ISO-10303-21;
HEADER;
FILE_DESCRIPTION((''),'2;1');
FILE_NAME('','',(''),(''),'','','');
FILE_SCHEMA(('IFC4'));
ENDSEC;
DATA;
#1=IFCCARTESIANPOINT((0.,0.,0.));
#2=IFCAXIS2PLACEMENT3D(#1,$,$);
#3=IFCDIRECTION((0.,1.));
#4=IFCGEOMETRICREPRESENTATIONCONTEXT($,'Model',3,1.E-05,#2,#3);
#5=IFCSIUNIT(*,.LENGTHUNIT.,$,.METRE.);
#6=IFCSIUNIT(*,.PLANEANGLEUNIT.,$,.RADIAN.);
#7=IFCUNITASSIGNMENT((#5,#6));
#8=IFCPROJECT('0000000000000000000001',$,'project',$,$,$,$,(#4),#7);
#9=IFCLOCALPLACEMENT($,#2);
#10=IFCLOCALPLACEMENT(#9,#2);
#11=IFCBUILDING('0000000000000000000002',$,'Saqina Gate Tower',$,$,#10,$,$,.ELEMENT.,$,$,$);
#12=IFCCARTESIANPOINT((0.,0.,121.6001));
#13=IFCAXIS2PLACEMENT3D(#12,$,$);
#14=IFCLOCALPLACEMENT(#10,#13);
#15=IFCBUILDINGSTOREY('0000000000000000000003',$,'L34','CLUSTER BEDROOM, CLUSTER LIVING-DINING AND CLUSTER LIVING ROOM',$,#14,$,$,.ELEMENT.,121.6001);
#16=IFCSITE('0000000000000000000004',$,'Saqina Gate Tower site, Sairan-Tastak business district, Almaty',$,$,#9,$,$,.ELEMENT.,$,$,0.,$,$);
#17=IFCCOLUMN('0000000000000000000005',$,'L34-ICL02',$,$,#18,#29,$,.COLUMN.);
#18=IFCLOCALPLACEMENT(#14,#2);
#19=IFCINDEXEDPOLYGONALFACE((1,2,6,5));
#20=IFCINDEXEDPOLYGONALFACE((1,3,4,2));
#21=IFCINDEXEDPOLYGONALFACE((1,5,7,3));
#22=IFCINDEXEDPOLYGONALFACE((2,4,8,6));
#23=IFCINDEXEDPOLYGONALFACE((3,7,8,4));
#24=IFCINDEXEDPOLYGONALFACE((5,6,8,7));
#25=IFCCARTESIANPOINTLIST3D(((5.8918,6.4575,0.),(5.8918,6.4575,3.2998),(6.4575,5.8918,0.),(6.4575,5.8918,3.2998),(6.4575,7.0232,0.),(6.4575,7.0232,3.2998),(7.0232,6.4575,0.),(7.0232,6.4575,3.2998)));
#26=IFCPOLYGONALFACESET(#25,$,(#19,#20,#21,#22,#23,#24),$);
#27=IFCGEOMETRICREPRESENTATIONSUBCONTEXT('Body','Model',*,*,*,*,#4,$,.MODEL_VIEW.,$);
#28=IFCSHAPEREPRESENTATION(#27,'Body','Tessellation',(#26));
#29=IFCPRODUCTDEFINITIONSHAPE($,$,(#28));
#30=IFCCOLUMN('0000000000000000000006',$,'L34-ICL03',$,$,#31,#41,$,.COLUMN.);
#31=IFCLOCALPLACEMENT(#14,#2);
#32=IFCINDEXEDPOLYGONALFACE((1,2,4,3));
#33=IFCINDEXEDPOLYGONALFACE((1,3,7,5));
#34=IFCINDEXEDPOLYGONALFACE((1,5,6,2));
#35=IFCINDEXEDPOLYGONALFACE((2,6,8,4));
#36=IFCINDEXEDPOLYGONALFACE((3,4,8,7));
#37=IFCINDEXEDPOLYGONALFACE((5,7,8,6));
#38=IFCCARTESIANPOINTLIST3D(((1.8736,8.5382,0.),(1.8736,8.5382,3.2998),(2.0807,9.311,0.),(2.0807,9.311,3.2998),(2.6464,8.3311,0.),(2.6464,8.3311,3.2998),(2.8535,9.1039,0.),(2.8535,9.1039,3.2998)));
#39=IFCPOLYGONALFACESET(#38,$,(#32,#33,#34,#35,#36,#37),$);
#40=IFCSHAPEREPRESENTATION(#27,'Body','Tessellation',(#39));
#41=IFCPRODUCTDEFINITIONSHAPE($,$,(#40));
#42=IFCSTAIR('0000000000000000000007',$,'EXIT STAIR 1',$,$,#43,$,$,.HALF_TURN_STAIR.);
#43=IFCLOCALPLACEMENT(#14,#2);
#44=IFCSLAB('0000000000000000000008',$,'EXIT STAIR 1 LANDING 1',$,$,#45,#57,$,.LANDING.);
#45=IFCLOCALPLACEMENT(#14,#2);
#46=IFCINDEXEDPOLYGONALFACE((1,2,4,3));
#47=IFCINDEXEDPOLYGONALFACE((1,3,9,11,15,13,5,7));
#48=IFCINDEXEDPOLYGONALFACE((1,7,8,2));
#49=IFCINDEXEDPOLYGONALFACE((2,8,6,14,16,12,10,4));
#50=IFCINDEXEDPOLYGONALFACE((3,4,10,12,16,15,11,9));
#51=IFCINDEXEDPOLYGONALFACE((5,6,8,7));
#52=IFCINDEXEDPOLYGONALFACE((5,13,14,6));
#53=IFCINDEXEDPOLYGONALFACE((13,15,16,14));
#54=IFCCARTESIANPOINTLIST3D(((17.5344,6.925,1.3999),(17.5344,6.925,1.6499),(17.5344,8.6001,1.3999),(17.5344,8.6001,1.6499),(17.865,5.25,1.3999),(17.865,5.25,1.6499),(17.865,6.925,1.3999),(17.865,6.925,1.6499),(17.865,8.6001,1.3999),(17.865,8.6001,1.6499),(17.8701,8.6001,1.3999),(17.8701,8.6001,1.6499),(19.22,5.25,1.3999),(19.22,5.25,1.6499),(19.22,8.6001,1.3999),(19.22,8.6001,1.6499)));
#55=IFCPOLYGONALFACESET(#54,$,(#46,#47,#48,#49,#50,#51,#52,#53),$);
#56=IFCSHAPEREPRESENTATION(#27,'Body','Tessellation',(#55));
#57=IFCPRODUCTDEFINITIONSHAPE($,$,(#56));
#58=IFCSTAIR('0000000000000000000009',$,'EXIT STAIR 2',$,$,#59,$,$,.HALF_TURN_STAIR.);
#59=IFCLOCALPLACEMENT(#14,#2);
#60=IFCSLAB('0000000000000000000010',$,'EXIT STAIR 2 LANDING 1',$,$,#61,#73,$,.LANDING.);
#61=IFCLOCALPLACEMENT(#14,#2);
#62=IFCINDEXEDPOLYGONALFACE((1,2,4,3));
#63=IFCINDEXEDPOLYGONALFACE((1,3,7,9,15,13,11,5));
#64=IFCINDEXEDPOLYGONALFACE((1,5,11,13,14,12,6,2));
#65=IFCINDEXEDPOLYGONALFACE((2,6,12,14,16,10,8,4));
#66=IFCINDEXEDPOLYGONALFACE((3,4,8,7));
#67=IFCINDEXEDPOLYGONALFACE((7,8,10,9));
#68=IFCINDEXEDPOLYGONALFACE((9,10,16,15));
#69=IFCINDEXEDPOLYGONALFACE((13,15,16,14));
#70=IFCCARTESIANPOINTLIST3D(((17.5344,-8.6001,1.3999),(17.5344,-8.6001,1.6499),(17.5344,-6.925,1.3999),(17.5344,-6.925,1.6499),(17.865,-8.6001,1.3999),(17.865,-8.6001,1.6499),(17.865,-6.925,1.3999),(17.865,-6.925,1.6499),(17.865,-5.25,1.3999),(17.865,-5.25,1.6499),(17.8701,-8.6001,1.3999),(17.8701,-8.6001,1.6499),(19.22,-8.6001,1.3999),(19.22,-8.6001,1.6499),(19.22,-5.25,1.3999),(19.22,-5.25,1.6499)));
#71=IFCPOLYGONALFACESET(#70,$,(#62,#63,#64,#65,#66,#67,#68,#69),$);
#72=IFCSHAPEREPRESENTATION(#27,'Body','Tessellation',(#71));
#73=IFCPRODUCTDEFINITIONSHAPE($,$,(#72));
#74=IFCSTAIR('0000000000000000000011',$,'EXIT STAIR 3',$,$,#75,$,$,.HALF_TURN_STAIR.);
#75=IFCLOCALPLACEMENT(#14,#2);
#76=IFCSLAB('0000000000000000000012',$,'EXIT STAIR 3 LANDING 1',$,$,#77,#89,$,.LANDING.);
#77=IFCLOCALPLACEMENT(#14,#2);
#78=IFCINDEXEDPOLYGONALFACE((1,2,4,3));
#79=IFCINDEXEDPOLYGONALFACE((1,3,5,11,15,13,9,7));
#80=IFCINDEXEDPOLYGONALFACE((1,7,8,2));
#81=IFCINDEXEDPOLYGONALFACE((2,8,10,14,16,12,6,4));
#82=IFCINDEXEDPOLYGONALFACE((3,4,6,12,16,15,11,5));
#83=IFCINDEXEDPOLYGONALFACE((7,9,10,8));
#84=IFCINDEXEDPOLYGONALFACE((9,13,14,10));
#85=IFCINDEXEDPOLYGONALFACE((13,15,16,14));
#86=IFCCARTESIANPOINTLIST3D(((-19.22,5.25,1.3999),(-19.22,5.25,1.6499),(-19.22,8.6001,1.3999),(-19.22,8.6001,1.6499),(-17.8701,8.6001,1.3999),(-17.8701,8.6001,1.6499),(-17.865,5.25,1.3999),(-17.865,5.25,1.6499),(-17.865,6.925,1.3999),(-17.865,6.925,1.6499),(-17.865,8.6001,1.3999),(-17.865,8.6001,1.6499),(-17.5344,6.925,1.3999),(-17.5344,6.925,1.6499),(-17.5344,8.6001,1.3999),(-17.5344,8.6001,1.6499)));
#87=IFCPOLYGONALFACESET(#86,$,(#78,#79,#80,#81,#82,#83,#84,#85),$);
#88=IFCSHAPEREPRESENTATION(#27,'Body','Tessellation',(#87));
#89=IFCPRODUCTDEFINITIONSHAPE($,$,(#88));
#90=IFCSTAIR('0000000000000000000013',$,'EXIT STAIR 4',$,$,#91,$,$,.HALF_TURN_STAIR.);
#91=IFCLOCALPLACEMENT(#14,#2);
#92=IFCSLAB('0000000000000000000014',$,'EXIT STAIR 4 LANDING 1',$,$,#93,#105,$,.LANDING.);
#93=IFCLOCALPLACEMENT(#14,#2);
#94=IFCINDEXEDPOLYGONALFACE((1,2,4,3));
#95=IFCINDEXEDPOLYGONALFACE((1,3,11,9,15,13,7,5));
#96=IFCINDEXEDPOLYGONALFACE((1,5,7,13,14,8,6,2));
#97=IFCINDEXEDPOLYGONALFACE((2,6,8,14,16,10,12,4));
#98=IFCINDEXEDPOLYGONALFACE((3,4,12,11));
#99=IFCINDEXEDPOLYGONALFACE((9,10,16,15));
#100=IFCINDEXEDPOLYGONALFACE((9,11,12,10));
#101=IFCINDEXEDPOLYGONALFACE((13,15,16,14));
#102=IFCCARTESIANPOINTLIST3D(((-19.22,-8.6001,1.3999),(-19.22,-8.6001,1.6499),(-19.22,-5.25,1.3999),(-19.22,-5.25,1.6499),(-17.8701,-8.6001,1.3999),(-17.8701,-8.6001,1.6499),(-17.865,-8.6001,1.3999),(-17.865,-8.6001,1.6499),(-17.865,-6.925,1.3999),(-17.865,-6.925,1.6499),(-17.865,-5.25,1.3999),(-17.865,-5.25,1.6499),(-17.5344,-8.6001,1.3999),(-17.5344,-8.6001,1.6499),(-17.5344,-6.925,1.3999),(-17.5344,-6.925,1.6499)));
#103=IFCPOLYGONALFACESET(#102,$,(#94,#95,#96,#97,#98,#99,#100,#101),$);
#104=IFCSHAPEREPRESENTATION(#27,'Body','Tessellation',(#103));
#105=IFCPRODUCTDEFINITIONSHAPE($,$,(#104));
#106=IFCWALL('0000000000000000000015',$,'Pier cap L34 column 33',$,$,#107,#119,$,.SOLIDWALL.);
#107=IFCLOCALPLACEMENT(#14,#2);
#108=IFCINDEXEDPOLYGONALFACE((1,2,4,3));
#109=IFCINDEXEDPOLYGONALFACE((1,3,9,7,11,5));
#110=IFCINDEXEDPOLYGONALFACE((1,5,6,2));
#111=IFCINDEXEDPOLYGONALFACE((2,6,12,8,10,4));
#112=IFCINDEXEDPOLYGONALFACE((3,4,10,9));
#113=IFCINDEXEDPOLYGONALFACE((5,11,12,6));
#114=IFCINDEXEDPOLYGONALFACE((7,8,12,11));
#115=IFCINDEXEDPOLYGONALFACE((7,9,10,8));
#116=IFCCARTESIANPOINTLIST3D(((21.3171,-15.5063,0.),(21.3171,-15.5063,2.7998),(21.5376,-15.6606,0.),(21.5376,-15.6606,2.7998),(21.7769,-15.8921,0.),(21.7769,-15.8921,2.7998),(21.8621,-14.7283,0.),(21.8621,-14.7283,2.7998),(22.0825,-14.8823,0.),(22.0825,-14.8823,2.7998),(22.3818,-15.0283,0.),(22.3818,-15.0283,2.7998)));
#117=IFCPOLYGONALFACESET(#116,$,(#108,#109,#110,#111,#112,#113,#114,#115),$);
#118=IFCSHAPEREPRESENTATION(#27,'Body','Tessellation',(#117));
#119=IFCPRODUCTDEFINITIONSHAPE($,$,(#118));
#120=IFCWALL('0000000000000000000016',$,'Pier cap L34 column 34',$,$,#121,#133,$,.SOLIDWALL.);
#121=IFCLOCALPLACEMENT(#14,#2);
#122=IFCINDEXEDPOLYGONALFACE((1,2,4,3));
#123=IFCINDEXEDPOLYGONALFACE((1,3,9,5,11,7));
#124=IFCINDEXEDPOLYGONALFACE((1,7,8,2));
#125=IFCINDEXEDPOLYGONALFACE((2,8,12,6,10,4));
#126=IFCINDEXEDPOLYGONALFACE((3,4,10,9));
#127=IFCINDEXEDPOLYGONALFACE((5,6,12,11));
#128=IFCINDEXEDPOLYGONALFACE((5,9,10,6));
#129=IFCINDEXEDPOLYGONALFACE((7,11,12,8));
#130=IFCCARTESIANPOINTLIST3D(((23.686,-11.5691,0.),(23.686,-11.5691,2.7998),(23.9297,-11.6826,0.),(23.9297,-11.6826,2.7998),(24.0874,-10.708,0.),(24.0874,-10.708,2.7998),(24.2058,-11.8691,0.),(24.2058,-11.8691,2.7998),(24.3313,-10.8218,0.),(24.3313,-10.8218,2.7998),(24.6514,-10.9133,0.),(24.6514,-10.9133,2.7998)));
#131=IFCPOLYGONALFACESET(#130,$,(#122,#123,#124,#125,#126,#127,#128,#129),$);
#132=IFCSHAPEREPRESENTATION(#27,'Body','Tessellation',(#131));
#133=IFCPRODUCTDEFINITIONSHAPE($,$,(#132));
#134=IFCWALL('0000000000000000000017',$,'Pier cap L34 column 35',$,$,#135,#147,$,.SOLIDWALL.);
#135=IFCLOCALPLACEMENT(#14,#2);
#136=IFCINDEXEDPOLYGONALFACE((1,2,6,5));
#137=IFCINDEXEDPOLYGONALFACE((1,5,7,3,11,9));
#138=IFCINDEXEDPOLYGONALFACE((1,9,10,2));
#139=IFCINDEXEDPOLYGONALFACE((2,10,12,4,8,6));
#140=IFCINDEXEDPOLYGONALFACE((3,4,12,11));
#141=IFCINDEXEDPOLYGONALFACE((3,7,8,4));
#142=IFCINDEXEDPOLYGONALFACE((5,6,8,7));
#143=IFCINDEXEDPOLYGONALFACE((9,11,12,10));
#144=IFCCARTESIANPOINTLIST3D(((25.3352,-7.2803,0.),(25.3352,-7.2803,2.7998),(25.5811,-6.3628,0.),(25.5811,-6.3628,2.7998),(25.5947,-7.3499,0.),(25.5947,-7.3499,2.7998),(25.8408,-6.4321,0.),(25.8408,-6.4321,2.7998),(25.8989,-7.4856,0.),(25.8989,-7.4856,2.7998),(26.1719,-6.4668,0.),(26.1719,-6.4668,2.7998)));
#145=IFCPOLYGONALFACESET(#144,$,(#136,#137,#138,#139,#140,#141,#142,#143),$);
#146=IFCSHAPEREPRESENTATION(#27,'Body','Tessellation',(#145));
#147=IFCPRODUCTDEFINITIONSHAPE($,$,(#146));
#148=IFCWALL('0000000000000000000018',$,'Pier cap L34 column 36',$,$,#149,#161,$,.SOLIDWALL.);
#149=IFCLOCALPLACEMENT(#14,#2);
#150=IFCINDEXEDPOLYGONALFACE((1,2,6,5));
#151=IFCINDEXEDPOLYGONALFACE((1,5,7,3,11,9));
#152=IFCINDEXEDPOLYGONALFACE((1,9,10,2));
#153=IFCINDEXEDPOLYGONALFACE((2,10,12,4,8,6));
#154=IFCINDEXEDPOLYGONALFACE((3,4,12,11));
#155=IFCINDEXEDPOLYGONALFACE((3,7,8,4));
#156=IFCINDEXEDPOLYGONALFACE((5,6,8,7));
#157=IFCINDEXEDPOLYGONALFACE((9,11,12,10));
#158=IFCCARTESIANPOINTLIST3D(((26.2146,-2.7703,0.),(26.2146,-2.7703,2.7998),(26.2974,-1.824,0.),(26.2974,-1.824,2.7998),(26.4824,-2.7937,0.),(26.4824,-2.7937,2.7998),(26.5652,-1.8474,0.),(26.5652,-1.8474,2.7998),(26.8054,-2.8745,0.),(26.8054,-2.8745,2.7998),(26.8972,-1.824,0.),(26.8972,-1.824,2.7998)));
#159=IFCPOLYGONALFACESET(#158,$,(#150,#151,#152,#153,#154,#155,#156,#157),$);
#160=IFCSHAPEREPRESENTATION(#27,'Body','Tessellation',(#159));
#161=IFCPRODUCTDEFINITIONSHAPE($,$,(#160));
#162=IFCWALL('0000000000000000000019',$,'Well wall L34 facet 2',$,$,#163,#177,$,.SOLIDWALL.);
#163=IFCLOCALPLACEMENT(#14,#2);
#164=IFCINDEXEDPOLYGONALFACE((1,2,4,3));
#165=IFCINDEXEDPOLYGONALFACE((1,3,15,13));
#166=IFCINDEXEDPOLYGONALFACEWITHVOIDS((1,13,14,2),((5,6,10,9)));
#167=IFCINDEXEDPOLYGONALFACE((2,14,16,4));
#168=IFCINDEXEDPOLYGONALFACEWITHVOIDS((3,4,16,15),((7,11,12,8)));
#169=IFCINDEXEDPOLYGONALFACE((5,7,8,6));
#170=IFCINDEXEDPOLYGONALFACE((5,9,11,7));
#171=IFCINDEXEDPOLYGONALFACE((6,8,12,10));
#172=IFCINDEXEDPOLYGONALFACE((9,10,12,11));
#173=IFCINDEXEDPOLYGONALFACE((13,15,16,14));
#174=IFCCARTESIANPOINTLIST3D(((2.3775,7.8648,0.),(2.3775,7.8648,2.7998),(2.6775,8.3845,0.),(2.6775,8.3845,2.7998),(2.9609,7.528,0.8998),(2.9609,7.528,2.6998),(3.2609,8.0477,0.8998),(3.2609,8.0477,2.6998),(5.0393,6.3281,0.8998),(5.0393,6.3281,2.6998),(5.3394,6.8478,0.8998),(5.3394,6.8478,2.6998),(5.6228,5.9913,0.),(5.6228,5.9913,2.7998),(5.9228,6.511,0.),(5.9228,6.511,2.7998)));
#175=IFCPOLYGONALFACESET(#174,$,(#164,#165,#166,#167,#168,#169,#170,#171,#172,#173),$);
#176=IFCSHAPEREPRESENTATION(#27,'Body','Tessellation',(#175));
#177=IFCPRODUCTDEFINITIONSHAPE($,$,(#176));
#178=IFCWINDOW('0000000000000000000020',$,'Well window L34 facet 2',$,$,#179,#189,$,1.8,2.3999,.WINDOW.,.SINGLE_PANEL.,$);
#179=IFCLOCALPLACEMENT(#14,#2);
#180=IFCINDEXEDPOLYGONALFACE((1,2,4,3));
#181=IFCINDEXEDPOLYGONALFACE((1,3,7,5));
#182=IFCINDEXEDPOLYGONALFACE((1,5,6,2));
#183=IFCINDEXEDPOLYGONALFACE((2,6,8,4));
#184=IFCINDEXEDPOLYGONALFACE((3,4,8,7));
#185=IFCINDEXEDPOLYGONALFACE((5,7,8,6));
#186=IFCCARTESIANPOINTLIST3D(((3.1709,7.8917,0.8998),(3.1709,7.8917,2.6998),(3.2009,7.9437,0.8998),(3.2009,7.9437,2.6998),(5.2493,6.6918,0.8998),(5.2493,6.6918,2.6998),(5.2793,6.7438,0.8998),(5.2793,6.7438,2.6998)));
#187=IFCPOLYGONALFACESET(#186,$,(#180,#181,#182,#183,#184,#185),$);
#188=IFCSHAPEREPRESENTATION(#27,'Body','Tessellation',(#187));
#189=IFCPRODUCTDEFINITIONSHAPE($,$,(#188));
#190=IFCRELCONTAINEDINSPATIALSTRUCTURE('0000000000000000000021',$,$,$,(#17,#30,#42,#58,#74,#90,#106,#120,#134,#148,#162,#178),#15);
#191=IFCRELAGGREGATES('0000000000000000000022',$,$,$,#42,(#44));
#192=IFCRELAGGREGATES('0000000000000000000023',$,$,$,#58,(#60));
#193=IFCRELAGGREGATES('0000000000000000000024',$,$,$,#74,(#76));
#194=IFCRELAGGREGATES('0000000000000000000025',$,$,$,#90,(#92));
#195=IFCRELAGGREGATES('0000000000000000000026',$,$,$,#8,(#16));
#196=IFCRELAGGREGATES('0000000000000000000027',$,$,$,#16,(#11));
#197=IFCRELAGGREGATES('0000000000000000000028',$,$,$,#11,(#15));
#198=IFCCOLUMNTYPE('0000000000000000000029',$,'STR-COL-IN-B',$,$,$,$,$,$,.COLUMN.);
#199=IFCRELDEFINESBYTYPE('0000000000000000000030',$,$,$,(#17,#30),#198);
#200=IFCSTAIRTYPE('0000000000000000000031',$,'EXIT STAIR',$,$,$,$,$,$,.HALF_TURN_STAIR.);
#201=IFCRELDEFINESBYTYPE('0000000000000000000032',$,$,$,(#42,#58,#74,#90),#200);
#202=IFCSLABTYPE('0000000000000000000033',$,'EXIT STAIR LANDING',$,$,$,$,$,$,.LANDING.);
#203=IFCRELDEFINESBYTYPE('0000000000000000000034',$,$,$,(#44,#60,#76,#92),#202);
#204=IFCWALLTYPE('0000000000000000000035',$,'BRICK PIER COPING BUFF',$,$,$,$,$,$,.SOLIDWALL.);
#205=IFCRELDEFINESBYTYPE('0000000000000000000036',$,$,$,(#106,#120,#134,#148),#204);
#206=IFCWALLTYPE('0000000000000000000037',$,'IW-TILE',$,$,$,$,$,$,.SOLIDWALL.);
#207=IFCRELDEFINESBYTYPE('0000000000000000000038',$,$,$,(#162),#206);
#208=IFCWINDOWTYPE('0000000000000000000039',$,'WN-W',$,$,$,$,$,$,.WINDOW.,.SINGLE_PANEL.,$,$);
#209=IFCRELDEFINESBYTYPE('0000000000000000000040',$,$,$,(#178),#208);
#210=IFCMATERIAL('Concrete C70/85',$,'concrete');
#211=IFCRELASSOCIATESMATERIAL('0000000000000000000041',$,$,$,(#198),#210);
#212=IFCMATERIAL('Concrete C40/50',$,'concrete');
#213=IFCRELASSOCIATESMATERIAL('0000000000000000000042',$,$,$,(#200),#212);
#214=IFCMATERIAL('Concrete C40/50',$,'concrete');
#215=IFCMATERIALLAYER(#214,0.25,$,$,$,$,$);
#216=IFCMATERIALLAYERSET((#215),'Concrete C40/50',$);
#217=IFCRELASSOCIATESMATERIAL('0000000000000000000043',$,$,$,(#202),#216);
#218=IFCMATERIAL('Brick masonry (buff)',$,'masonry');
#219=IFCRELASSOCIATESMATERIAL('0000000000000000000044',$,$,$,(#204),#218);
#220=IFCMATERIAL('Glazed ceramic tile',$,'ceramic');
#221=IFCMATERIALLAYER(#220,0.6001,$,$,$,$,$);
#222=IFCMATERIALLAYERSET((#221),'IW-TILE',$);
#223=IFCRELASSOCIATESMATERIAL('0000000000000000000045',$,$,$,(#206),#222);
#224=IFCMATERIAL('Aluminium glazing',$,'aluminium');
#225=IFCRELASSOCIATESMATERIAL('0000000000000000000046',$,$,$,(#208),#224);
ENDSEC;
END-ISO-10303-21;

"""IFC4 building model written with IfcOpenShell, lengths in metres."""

from ifc_helpers import new_model, si_unit, direction, frame, frame_2d, origin, origin_2d, place, context, subcontext, project, spatial, polyline, rectangle, outline, extrude, material, layer, layer_set, material_profile, profile_set, type_object, element, fill, aggregate, save


model = new_model("IFC4")

# Units and contexts
model_context = context("Model", 3, precision=1e-05, world=origin(), true_north=direction((0.0, 1.0)))
body_context = subcontext(model_context, "Body", "Model", "MODEL_VIEW")
ifc_project = project(units=[si_unit("LENGTHUNIT", "METRE"), si_unit("PLANEANGLEUNIT", "RADIAN")], contexts=[model_context])

# Site, building, storey
site_placement = place(None, origin())
site = spatial("IfcSite", under=ifc_project, at=site_placement, Name="Saqina Gate Tower site, Sairan-Tastak business district, Almaty", CompositionType="ELEMENT", RefElevation=0.0)
building_placement = place(site_placement, origin())
building = spatial("IfcBuilding", under=site, at=building_placement, Name="Saqina Gate Tower", CompositionType="ELEMENT")
storey_placement = place(building_placement, frame((0.0, 0.0, 121.6001)))
storey = spatial("IfcBuildingStorey", under=building, at=storey_placement, Name="L34", Description="CLUSTER BEDROOM, CLUSTER LIVING-DINING AND CLUSTER LIVING ROOM", CompositionType="ELEMENT", Elevation=121.6001)

# Columns
ifc_material_1 = material(Name="Concrete C70/85", Category="concrete")
ifc_material_profile = material_profile(ifc_material_1, rectangle(XDim=0.8, YDim=0.8, at=origin_2d()), Name="RC 800x800")
ifc_profile_set = profile_set([ifc_material_profile], Name="Concrete C70/85")
column_type = type_object("IfcColumnType", Name="STR-COL-IN-B", PredefinedType="COLUMN", material=ifc_profile_set)
for number, where, z_axis, x_axis, name in (
    (1, (6.4575, 6.4575, 0.0), (0.0, 0.0, 1.0), (0.707107, 0.707107, 0.0), "L34-ICL02"),
    (2, (2.3635, 8.821, 0.0), (0.0, 0.0, 1.0), (0.258819, 0.965926, 0.0), "L34-ICL03"),
):
    element("IfcColumn", number, at=place(storey_placement, frame(where, z_axis=z_axis, x_axis=x_axis)), inside=storey, type_object=column_type, Name=name, PredefinedType="COLUMN", context=body_context, shape_type="SweptSolid", body=[
        extrude(rectangle(XDim=0.8, YDim=0.8, at=origin_2d()), origin(), (0.0, 0.0, 1.0), 3.2998),
    ])

# Stairs, slabs
ifc_material_2 = material(Name="Concrete C40/50", Category="concrete")
stair_type = type_object("IfcStairType", Name="EXIT STAIR", PredefinedType="HALF_TURN_STAIR", material=ifc_material_2)
stair_1_placement = place(storey_placement, origin())
stair_1 = element("IfcStair", 3, at=stair_1_placement, inside=storey, type_object=stair_type, Name="EXIT STAIR 1", PredefinedType="HALF_TURN_STAIR")
ifc_material_3 = material(Name="Concrete C40/50", Category="concrete")
ifc_layer_1 = layer(ifc_material_3, 0.25)
ifc_layer_set_1 = layer_set([ifc_layer_1], Name="Concrete C40/50")
slab_type = type_object("IfcSlabType", Name="EXIT STAIR LANDING", PredefinedType="LANDING", material=ifc_layer_set_1)
slab_1_placement = place(storey_placement, frame((0.0, 0.0, 1.3999)))
slab_1 = element("IfcSlab", 4, at=slab_1_placement, type_object=slab_type, Name="EXIT STAIR 1 LANDING 1", PredefinedType="LANDING", context=body_context, shape_type="SweptSolid", body=[
    extrude(outline(polyline([(19.22, 8.6001), (19.22, 5.25), (17.865, 5.25), (17.865, 6.925), (17.5344, 6.925), (17.5344, 8.6001), (17.865, 8.6001), (17.8701, 8.6001), (19.22, 8.6001)])), origin(), (0.0, 0.0, 1.0), 0.25),
])
aggregate(stair_1, [slab_1])
stair_2_placement = place(storey_placement, origin())
stair_2 = element("IfcStair", 5, at=stair_2_placement, inside=storey, type_object=stair_type, Name="EXIT STAIR 2", PredefinedType="HALF_TURN_STAIR")
slab_2_placement = place(storey_placement, frame((0.0, 0.0, 1.3999)))
slab_2 = element("IfcSlab", 6, at=slab_2_placement, type_object=slab_type, Name="EXIT STAIR 2 LANDING 1", PredefinedType="LANDING", context=body_context, shape_type="SweptSolid", body=[
    extrude(outline(polyline([(17.5344, -8.6001), (17.5344, -6.925), (17.865, -6.925), (17.865, -5.25), (19.22, -5.25), (19.22, -8.6001), (17.8701, -8.6001), (17.865, -8.6001), (17.5344, -8.6001)])), origin(), (0.0, 0.0, 1.0), 0.25),
])
aggregate(stair_2, [slab_2])
stair_3_placement = place(storey_placement, origin())
stair_3 = element("IfcStair", 7, at=stair_3_placement, inside=storey, type_object=stair_type, Name="EXIT STAIR 3", PredefinedType="HALF_TURN_STAIR")
slab_3_placement = place(storey_placement, frame((0.0, 0.0, 1.3999)))
slab_3 = element("IfcSlab", 8, at=slab_3_placement, type_object=slab_type, Name="EXIT STAIR 3 LANDING 1", PredefinedType="LANDING", context=body_context, shape_type="SweptSolid", body=[
    extrude(outline(polyline([(-17.865, 5.25), (-19.22, 5.25), (-19.22, 8.6001), (-17.8701, 8.6001), (-17.865, 8.6001), (-17.5344, 8.6001), (-17.5344, 6.925), (-17.865, 6.925), (-17.865, 5.25)])), origin(), (0.0, 0.0, 1.0), 0.25),
])
aggregate(stair_3, [slab_3])
stair_4_placement = place(storey_placement, origin())
stair_4 = element("IfcStair", 9, at=stair_4_placement, inside=storey, type_object=stair_type, Name="EXIT STAIR 4", PredefinedType="HALF_TURN_STAIR")
slab_4_placement = place(storey_placement, frame((0.0, 0.0, 1.3999)))
slab_4 = element("IfcSlab", 10, at=slab_4_placement, type_object=slab_type, Name="EXIT STAIR 4 LANDING 1", PredefinedType="LANDING", context=body_context, shape_type="SweptSolid", body=[
    extrude(outline(polyline([(-17.5344, -6.925), (-17.5344, -8.6001), (-17.865, -8.6001), (-17.8701, -8.6001), (-19.22, -8.6001), (-19.22, -5.25), (-17.865, -5.25), (-17.865, -6.925), (-17.5344, -6.925)])), origin(), (0.0, 0.0, 1.0), 0.25),
])
aggregate(stair_4, [slab_4])

# Walls
ifc_material_4 = material(Name="Brick masonry (buff)", Category="masonry")
wall_type_1 = type_object("IfcWallType", Name="BRICK PIER COPING BUFF", PredefinedType="SOLIDWALL", material=ifc_material_4)
wall_1_placement = place(storey_placement, origin())
element("IfcWall", 11, at=wall_1_placement, inside=storey, type_object=wall_type_1, Name="Pier cap L34 column 33", PredefinedType="SOLIDWALL", context=body_context, shape_type="SweptSolid", body=[
    extrude(outline(polyline([(22.3818, -15.0283), (21.8621, -14.7283), (22.0825, -14.8823), (21.5376, -15.6606), (21.3171, -15.5063), (21.7769, -15.8921), (22.3818, -15.0283)])), origin(), (0.0, 0.0, 1.0), 2.7998),
])
wall_2_placement = place(storey_placement, origin())
element("IfcWall", 12, at=wall_2_placement, inside=storey, type_object=wall_type_1, Name="Pier cap L34 column 34", PredefinedType="SOLIDWALL", context=body_context, shape_type="SweptSolid", body=[
    extrude(outline(polyline([(24.6514, -10.9133), (24.0874, -10.708), (24.3313, -10.8218), (23.9297, -11.6826), (23.686, -11.5691), (24.2058, -11.8691), (24.6514, -10.9133)])), origin(), (0.0, 0.0, 1.0), 2.7998),
])
wall_3_placement = place(storey_placement, origin())
element("IfcWall", 13, at=wall_3_placement, inside=storey, type_object=wall_type_1, Name="Pier cap L34 column 35", PredefinedType="SOLIDWALL", context=body_context, shape_type="SweptSolid", body=[
    extrude(outline(polyline([(25.8989, -7.4856), (26.1719, -6.4668), (25.5811, -6.3628), (25.8408, -6.4321), (25.5947, -7.3499), (25.3352, -7.2803), (25.8989, -7.4856)])), origin(), (0.0, 0.0, 1.0), 2.7998),
])
wall_4_placement = place(storey_placement, origin())
element("IfcWall", 14, at=wall_4_placement, inside=storey, type_object=wall_type_1, Name="Pier cap L34 column 36", PredefinedType="SOLIDWALL", context=body_context, shape_type="SweptSolid", body=[
    extrude(outline(polyline([(26.8054, -2.8745), (26.8972, -1.824), (26.2974, -1.824), (26.5652, -1.8474), (26.4824, -2.7937), (26.2146, -2.7703), (26.8054, -2.8745)])), origin(), (0.0, 0.0, 1.0), 2.7998),
])

# Wall, opening, window
ifc_material_5 = material(Name="Glazed ceramic tile", Category="ceramic")
ifc_layer_2 = layer(ifc_material_5, 0.6001)
ifc_layer_set_2 = layer_set([ifc_layer_2], Name="IW-TILE")
wall_type_2 = type_object("IfcWallType", Name="IW-TILE", PredefinedType="SOLIDWALL", material=ifc_layer_set_2)
wall_5_placement = place(storey_placement, frame((5.7727, 6.2512, 0.0), z_axis=(0.0, 0.0, 1.0), x_axis=(-0.866046, 0.499965, 0.0)))
wall_5 = element("IfcWall", 15, at=wall_5_placement, inside=storey, type_object=wall_type_2, Name="Well wall L34 facet 2", PredefinedType="SOLIDWALL", context=body_context, shape_type="SweptSolid", body=[
    extrude(rectangle(XDim=3.7473, YDim=0.6001, at=frame_2d((1.8735, 0.0))), origin(), (0.0, 0.0, 1.0), 2.7998),
])
opening_1_placement = place(wall_5_placement, frame((0.6736, 0.0, 0.8999)))
opening_1 = element("IfcOpeningElement", 16, at=opening_1_placement, cuts=wall_5, PredefinedType="OPENING", context=body_context, shape_type="SweptSolid", body=[
    extrude(rectangle(XDim=2.3999, YDim=1.8, at=frame_2d((1.2, 0.8999))), frame((0.0, 0.312, 0.0), z_axis=(0.0, -1.0, 0.0), x_axis=(1.0, 0.0, 0.0)), (0.0, 0.0, 1.0), 0.624),
])
ifc_material_6 = material(Name="Aluminium glazing", Category="aluminium")
window_type = type_object("IfcWindowType", Name="WN-W", PartitioningType="SINGLE_PANEL", PredefinedType="WINDOW", material=ifc_material_6)
window_1_placement = place(opening_1_placement, origin())
window_1 = element("IfcWindow", 17, at=window_1_placement, inside=storey, type_object=window_type, Name="Well window L34 facet 2", OverallHeight=1.8, OverallWidth=2.3999, PartitioningType="SINGLE_PANEL", PredefinedType="WINDOW", context=body_context, shape_type="SweptSolid", body=[
    extrude(rectangle(XDim=2.3999, YDim=1.8, at=frame_2d((1.2, 0.8999))), frame((0.0, -0.1199, 0.0), z_axis=(0.0, -1.0, 0.0), x_axis=(1.0, 0.0, 0.0)), (0.0, 0.0, 1.0), 0.0601),
])
fill(opening_1, window_1)

save(model, "model.ifc")
